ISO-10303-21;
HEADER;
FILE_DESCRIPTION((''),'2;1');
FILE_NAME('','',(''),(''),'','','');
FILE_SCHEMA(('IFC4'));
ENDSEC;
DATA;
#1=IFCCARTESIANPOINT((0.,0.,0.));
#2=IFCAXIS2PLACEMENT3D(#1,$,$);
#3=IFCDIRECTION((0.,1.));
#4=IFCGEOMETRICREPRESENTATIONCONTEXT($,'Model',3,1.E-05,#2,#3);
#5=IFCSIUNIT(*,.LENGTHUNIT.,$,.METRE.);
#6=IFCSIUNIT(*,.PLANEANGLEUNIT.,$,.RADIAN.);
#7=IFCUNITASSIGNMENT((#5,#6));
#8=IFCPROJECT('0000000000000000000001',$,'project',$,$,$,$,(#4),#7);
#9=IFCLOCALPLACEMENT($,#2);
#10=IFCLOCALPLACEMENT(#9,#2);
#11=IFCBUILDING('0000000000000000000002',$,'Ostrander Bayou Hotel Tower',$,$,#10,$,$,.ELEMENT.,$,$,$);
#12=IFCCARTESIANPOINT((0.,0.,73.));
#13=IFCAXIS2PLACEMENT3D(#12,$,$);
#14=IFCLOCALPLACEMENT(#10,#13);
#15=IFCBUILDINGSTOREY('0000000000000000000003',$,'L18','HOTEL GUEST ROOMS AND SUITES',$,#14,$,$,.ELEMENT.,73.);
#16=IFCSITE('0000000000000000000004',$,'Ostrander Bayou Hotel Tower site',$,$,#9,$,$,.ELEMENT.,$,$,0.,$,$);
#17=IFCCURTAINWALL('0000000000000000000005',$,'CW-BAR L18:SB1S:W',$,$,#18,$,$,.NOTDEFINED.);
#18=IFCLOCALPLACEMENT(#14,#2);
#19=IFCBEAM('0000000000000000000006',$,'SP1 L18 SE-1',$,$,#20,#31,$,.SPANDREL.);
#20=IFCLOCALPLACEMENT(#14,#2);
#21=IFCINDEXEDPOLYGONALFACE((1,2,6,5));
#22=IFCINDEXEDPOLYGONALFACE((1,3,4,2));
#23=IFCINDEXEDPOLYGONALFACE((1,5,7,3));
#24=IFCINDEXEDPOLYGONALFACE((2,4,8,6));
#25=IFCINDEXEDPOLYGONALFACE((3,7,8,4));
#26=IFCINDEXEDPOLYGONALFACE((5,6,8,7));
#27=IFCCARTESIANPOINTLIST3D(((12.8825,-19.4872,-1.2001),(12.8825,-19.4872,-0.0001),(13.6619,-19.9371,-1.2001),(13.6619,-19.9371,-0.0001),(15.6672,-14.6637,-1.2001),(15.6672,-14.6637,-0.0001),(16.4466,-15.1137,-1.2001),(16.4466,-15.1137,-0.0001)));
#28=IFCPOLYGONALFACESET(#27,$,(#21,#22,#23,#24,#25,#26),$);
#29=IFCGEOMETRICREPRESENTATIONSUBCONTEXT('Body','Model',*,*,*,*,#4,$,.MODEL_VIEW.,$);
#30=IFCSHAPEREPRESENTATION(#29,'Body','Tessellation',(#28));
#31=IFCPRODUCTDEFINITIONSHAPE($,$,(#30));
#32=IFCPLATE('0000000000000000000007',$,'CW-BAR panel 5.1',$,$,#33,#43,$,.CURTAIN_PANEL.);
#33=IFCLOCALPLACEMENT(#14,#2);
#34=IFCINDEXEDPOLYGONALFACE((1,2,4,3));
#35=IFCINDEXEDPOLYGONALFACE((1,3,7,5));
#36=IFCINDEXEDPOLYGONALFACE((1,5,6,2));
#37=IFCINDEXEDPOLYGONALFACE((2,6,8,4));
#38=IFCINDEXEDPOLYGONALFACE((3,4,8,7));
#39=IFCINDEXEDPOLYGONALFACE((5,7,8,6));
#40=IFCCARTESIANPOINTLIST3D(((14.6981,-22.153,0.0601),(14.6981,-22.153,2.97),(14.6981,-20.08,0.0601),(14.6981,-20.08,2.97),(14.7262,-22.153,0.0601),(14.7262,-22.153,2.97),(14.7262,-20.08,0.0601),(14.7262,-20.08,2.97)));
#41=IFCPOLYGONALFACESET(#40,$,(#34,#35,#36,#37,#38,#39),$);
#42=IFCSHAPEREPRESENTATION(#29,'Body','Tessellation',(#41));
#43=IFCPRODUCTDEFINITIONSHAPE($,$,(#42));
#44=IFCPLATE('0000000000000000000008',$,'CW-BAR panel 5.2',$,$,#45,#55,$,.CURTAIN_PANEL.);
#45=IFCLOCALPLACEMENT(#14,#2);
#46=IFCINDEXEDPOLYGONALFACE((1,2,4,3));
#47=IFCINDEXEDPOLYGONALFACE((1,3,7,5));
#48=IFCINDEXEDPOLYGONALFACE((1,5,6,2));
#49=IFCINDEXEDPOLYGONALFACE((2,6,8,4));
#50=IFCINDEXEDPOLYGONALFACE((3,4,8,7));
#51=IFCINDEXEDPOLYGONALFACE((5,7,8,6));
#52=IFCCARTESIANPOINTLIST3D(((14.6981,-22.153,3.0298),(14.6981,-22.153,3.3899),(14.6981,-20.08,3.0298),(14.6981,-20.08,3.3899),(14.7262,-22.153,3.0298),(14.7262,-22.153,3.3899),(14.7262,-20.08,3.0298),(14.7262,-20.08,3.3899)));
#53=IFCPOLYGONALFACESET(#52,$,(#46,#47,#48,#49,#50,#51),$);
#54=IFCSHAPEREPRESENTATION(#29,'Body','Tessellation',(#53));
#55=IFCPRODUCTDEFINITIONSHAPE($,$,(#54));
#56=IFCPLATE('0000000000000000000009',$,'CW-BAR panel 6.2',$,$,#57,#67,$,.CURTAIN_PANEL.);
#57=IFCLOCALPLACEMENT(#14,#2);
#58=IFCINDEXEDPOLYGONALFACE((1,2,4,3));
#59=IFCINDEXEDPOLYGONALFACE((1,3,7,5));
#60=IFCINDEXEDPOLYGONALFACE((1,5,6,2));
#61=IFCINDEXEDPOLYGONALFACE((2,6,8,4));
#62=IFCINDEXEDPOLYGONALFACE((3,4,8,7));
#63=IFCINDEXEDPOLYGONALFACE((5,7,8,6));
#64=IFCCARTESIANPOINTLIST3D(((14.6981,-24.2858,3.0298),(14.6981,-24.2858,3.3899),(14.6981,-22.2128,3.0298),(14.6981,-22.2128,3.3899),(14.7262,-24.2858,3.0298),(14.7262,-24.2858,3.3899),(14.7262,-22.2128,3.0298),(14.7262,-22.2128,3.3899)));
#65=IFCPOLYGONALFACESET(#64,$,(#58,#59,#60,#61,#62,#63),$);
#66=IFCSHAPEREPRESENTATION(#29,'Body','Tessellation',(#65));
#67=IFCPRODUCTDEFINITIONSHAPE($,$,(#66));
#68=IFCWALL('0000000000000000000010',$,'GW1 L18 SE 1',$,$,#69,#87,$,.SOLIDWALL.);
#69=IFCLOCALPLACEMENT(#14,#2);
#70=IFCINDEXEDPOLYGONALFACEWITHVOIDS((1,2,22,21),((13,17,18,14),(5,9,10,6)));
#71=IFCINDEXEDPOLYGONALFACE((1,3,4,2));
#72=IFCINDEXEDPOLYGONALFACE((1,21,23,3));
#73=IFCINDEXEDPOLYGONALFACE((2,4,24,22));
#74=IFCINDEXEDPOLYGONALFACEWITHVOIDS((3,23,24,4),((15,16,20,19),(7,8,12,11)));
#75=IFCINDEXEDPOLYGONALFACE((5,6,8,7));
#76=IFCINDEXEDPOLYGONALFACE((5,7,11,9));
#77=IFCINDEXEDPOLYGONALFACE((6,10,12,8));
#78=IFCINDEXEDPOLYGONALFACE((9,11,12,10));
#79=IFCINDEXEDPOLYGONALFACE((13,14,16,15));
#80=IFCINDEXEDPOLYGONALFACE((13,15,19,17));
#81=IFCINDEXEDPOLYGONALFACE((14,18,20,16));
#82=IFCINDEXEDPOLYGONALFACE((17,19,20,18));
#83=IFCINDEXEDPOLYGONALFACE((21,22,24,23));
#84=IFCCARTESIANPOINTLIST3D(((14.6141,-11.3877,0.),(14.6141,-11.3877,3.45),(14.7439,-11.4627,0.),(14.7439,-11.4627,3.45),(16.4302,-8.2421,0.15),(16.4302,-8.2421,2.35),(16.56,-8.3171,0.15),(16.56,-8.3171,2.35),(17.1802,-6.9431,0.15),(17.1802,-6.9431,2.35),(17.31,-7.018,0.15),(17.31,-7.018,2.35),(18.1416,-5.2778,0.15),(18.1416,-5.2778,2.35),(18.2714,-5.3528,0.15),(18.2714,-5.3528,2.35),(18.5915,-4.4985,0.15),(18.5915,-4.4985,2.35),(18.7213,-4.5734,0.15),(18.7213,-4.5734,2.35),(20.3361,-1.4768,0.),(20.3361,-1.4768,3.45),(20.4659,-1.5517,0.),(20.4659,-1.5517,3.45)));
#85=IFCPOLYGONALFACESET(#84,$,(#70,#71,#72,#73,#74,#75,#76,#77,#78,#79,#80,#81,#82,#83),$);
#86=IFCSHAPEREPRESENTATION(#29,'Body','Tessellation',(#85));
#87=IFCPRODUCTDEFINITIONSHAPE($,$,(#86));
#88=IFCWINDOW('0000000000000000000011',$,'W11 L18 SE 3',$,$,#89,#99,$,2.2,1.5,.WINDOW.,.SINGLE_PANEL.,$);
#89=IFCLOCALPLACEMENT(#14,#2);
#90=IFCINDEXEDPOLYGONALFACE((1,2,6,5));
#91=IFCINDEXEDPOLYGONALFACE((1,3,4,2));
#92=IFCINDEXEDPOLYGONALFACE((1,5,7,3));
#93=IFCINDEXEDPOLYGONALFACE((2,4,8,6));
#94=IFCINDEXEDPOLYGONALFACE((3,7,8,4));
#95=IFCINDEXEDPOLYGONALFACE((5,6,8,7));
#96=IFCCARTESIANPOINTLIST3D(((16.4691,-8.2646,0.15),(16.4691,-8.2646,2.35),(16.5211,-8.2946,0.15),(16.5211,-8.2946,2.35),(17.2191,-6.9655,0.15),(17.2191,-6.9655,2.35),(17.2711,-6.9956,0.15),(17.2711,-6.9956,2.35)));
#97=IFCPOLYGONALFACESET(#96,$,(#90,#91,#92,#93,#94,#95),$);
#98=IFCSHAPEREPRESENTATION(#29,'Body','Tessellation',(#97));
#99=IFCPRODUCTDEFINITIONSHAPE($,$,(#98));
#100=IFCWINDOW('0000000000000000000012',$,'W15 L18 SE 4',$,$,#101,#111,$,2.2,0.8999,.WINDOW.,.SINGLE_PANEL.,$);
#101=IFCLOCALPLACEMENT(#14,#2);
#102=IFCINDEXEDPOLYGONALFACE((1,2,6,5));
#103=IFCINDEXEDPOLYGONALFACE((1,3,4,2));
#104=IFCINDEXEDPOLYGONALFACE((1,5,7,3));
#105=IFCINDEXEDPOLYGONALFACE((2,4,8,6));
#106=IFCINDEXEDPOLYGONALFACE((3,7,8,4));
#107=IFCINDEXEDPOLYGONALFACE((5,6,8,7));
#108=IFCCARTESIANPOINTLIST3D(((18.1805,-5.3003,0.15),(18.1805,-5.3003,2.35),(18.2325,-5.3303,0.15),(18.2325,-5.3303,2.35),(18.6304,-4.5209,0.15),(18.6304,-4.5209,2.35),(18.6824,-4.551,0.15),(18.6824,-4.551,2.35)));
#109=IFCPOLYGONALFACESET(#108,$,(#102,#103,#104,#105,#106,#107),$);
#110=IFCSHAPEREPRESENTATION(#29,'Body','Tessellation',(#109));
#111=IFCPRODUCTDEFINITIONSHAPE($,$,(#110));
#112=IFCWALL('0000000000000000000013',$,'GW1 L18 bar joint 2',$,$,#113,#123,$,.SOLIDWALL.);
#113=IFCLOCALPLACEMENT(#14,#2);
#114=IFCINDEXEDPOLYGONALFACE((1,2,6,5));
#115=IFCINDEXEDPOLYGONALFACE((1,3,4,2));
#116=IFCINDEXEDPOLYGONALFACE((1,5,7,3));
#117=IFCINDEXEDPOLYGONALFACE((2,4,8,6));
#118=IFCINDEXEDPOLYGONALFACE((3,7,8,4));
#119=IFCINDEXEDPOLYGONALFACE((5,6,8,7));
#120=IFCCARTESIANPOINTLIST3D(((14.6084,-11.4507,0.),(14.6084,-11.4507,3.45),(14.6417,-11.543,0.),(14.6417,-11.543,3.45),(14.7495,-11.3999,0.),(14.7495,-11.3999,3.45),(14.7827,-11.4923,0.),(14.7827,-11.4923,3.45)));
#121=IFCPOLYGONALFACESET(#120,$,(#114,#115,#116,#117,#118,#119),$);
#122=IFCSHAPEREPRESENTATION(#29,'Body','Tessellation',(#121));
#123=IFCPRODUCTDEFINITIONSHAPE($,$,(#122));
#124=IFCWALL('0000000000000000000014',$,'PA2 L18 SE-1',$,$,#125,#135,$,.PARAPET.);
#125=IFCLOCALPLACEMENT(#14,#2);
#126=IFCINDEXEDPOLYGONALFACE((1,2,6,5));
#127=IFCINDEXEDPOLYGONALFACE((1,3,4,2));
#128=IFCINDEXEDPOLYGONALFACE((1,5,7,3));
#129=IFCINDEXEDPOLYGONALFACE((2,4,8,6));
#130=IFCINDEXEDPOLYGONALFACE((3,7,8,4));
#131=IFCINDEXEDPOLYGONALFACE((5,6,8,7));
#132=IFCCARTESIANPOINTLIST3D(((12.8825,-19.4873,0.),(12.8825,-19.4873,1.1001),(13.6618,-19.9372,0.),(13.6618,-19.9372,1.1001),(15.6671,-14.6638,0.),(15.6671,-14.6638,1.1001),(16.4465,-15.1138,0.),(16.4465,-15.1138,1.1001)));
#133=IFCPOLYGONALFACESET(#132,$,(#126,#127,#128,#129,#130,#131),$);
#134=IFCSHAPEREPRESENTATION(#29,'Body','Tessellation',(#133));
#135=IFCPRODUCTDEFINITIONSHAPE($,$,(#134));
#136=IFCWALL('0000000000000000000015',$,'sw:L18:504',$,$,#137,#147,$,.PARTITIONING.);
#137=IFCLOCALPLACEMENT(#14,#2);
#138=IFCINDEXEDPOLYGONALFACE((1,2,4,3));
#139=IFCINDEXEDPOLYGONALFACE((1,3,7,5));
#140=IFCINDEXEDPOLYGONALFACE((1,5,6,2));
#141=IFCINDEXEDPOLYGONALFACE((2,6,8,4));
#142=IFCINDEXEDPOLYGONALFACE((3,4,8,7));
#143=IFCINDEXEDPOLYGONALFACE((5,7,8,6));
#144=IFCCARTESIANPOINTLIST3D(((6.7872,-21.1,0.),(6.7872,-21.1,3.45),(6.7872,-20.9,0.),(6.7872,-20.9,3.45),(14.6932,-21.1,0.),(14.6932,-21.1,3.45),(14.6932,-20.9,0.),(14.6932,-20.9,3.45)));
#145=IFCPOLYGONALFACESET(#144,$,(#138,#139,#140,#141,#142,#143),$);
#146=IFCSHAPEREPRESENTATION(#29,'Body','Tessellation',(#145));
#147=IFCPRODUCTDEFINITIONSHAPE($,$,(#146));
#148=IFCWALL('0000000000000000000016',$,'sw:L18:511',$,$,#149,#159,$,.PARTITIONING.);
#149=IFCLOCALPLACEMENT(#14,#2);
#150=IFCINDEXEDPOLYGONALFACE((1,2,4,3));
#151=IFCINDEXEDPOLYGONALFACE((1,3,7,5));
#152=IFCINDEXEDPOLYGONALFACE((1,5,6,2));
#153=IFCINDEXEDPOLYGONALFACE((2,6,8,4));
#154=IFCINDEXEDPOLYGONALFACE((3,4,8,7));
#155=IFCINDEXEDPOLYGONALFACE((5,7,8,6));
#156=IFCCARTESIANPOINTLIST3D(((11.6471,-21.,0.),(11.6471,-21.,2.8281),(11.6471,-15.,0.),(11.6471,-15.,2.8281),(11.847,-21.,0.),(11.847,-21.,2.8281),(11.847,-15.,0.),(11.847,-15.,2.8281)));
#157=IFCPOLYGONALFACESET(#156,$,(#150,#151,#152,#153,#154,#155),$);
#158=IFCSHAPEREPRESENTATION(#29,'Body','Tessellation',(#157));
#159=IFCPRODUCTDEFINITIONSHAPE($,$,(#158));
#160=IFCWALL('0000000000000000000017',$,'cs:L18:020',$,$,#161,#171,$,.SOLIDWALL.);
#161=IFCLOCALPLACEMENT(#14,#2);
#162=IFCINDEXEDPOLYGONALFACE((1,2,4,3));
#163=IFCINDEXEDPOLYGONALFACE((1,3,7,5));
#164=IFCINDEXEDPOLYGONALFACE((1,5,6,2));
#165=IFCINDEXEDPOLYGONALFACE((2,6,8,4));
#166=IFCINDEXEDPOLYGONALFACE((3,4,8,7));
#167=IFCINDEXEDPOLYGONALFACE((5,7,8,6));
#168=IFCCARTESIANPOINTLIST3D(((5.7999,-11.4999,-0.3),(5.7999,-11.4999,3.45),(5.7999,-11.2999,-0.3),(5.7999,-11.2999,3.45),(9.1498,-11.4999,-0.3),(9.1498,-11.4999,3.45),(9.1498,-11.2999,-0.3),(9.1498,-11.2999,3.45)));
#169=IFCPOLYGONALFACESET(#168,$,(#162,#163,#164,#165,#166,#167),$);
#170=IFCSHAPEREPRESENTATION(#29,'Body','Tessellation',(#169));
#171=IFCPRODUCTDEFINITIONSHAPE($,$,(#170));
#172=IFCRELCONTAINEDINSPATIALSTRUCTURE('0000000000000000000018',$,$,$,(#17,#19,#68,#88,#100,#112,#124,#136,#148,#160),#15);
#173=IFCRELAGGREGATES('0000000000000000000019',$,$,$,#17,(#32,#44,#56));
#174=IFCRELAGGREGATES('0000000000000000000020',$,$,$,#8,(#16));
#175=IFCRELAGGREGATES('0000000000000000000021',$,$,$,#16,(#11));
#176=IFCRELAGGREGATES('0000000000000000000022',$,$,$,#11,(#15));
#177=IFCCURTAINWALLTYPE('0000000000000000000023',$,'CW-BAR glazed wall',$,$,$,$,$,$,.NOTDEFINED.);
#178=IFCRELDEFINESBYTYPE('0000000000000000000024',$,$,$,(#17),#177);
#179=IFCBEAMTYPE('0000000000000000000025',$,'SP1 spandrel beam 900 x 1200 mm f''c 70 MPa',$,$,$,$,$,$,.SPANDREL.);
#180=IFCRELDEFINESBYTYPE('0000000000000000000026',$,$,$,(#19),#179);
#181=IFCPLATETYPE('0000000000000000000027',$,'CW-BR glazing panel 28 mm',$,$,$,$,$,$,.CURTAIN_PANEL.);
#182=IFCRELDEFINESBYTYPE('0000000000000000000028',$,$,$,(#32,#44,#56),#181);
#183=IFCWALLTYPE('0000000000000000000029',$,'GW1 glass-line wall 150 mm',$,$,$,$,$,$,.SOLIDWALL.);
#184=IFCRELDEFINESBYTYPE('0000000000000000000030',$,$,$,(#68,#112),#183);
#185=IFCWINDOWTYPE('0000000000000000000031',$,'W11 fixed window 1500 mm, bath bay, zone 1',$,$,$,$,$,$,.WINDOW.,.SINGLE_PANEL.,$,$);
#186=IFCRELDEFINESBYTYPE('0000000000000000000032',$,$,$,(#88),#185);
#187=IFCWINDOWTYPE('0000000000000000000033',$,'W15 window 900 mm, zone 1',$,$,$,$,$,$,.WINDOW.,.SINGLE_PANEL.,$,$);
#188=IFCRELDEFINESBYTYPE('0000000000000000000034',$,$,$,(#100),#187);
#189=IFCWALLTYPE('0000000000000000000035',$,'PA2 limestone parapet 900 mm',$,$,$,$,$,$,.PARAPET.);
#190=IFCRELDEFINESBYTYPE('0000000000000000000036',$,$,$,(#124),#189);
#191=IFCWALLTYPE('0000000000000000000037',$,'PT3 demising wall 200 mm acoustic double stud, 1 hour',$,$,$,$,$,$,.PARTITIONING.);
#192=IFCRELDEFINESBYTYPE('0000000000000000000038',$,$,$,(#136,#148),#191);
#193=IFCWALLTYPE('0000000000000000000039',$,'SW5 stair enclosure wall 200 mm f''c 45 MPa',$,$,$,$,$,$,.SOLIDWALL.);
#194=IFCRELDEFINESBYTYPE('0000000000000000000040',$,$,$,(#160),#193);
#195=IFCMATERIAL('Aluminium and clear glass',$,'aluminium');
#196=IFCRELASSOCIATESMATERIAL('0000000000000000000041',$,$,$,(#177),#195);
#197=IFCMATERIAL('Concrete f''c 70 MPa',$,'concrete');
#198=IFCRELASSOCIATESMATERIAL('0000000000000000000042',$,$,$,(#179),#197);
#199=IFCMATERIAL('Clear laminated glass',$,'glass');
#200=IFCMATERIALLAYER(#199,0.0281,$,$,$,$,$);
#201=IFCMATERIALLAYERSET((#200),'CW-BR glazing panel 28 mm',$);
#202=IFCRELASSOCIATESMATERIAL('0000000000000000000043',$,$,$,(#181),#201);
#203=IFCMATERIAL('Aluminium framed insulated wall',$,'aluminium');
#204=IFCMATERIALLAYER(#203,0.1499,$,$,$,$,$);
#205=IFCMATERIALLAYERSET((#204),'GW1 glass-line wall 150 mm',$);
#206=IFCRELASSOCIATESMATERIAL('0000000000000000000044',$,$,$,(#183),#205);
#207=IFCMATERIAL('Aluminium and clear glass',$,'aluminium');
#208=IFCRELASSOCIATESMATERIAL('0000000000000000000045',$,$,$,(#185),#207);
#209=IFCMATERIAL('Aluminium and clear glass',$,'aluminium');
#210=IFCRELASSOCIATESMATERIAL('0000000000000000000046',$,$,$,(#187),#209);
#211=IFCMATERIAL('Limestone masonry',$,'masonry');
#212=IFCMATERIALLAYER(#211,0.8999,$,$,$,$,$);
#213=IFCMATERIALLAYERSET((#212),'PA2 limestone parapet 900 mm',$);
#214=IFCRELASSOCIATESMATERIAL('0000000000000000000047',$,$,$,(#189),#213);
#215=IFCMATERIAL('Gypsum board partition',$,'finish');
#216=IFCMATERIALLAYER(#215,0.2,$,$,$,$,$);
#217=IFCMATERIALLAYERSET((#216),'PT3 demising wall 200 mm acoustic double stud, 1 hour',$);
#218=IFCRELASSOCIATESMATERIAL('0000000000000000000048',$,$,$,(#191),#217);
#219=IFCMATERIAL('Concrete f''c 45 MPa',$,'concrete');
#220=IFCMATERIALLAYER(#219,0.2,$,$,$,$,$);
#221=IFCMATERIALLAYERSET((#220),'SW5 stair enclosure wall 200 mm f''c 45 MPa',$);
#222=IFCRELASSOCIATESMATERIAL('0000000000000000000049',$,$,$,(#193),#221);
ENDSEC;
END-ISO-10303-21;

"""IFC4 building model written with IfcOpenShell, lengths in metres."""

from ifc_helpers import new_model, si_unit, direction, frame, frame_2d, origin, origin_2d, place, context, subcontext, project, spatial, rectangle, extrude, material, layer, layer_set, material_profile, profile_set, type_object, element, fill, aggregate, save


model = new_model("IFC4")

# Units and contexts
model_context = context("Model", 3, precision=1e-05, world=origin(), true_north=direction((0.0, 1.0)))
body_context = subcontext(model_context, "Body", "Model", "MODEL_VIEW")
ifc_project = project(units=[si_unit("LENGTHUNIT", "METRE"), si_unit("PLANEANGLEUNIT", "RADIAN")], contexts=[model_context])

# Site, building, storey
site_placement = place(None, origin())
site = spatial("IfcSite", under=ifc_project, at=site_placement, Name="Ostrander Bayou Hotel Tower site", CompositionType="ELEMENT", RefElevation=0.0)
building_placement = place(site_placement, origin())
building = spatial("IfcBuilding", under=site, at=building_placement, Name="Ostrander Bayou Hotel Tower", CompositionType="ELEMENT")
storey_placement = place(building_placement, frame((0.0, 0.0, 73.0)))
storey = spatial("IfcBuildingStorey", under=building, at=storey_placement, Name="L18", Description="HOTEL GUEST ROOMS AND SUITES", CompositionType="ELEMENT", Elevation=73.0)

# Curtain wall
ifc_material_1 = material(Name="Aluminium and clear glass", Category="aluminium")
curtain_wall_type = type_object("IfcCurtainWallType", Name="CW-BAR glazed wall", PredefinedType="NOTDEFINED", material=ifc_material_1)
curtain_wall_placement = place(storey_placement, origin())
curtain_wall = element("IfcCurtainWall", 1, at=curtain_wall_placement, inside=storey, type_object=curtain_wall_type, Name="CW-BAR L18:SB1S:W", PredefinedType="NOTDEFINED")

# Beam
ifc_material_2 = material(Name="Concrete f'c 70 MPa", Category="concrete")
ifc_material_profile_1 = material_profile(ifc_material_2, rectangle(XDim=0.8999, YDim=1.2, at=origin_2d()))
ifc_profile_set_1 = profile_set([ifc_material_profile_1], Name="Concrete f'c 70 MPa")
beam_type = type_object("IfcBeamType", Name="SP1 spandrel beam 900 x 1200 mm f'c 70 MPa", PredefinedType="SPANDREL", material=ifc_profile_set_1)
beam_placement = place(storey_placement, frame((13.2722, -19.7122, -0.6001), z_axis=(0.499977, 0.866039, 0.0), x_axis=(-0.866039, 0.499977, 0.0)))
element("IfcBeam", 2, at=beam_placement, inside=storey, type_object=beam_type, Name="SP1 L18 SE-1", PredefinedType="SPANDREL", context=body_context, shape_type="SweptSolid", body=[
    extrude(rectangle(XDim=0.8999, YDim=1.2, at=origin_2d()), origin(), (0.0, 0.0, 1.0), 5.5696),
])

# Plates
ifc_material_3 = material(Name="Clear laminated glass", Category="glass")
ifc_layer_1 = layer(ifc_material_3, 0.0281)
ifc_layer_set_1 = layer_set([ifc_layer_1], Name="CW-BR glazing panel 28 mm")
plate_type = type_object("IfcPlateType", Name="CW-BR glazing panel 28 mm", PredefinedType="CURTAIN_PANEL", material=ifc_layer_set_1)
plate_1_placement = place(storey_placement, frame((14.7122, -21.1165, 0.0601), z_axis=(0.0, 0.0, 1.0), x_axis=(0.0, -1.0, 0.0)))
plate_1 = element("IfcPlate", 3, at=plate_1_placement, type_object=plate_type, Name="CW-BAR panel 5.1", PredefinedType="CURTAIN_PANEL", context=body_context, shape_type="SweptSolid", body=[
    extrude(rectangle(XDim=2.073, YDim=0.0281, at=origin_2d()), origin(), (0.0, 0.0, 1.0), 2.9099),
])
plate_2_placement = place(storey_placement, frame((14.7122, -21.1165, 3.0298), z_axis=(0.0, 0.0, 1.0), x_axis=(0.0, -1.0, 0.0)))
plate_2 = element("IfcPlate", 4, at=plate_2_placement, type_object=plate_type, Name="CW-BAR panel 5.2", PredefinedType="CURTAIN_PANEL", context=body_context, shape_type="SweptSolid", body=[
    extrude(rectangle(XDim=2.073, YDim=0.0281, at=origin_2d()), origin(), (0.0, 0.0, 1.0), 0.3601),
])
plate_3_placement = place(storey_placement, frame((14.7122, -23.2493, 3.0298), z_axis=(0.0, 0.0, 1.0), x_axis=(0.0, -1.0, 0.0)))
plate_3 = element("IfcPlate", 5, at=plate_3_placement, type_object=plate_type, Name="CW-BAR panel 6.2", PredefinedType="CURTAIN_PANEL", context=body_context, shape_type="SweptSolid", body=[
    extrude(rectangle(XDim=2.073, YDim=0.0281, at=origin_2d()), origin(), (0.0, 0.0, 1.0), 0.3601),
])
aggregate(curtain_wall, [plate_1, plate_2, plate_3])

# Wall, openings, windows
ifc_material_4 = material(Name="Aluminium framed insulated wall", Category="aluminium")
ifc_layer_2 = layer(ifc_material_4, 0.1499)
ifc_layer_set_2 = layer_set([ifc_layer_2], Name="GW1 glass-line wall 150 mm")
wall_type_1 = type_object("IfcWallType", Name="GW1 glass-line wall 150 mm", PredefinedType="SOLIDWALL", material=ifc_layer_set_2)
wall_1_placement = place(storey_placement, frame((14.679, -11.4253, 0.0), z_axis=(0.0, 0.0, 1.0), x_axis=(0.499991, 0.86603, 0.0)))
wall_1 = element("IfcWall", 6, at=wall_1_placement, inside=storey, type_object=wall_type_1, Name="GW1 L18 SE 1", PredefinedType="SOLIDWALL", context=body_context, shape_type="SweptSolid", body=[
    extrude(rectangle(XDim=11.4441, YDim=0.1499, at=frame_2d((5.7222, 0.0))), origin(), (0.0, 0.0, 1.0), 3.45),
])
opening_1_placement = place(wall_1_placement, frame((3.6323, 0.0, 0.1499)))
opening_1 = element("IfcOpeningElement", 7, at=opening_1_placement, cuts=wall_1, PredefinedType="OPENING", context=body_context, shape_type="SweptSolid", body=[
    extrude(rectangle(XDim=1.5, YDim=2.2, at=frame_2d((0.75, 1.1001))), frame((0.0, 0.075, 0.0), z_axis=(0.0, -1.0, 0.0), x_axis=(1.0, 0.0, 0.0)), (0.0, 0.0, 1.0), 0.1499),
])
opening_2_placement = place(wall_1_placement, frame((7.0552, 0.0, 0.1499)))
opening_2 = element("IfcOpeningElement", 8, at=opening_2_placement, cuts=wall_1, PredefinedType="OPENING", context=body_context, shape_type="SweptSolid", body=[
    extrude(rectangle(XDim=0.8999, YDim=2.2, at=frame_2d((0.45, 1.1001))), frame((0.0, 0.075, 0.0), z_axis=(0.0, -1.0, 0.0), x_axis=(1.0, 0.0, 0.0)), (0.0, 0.0, 1.0), 0.1499),
])
ifc_material_5 = material(Name="Aluminium and clear glass", Category="aluminium")
window_type_1 = type_object("IfcWindowType", Name="W11 fixed window 1500 mm, bath bay, zone 1", PartitioningType="SINGLE_PANEL", PredefinedType="WINDOW", material=ifc_material_5)
window_1_placement = place(opening_1_placement, origin())
window_1 = element("IfcWindow", 9, at=window_1_placement, inside=storey, type_object=window_type_1, Name="W11 L18 SE 3", OverallHeight=2.2, OverallWidth=1.5, PartitioningType="SINGLE_PANEL", PredefinedType="WINDOW", context=body_context, shape_type="SweptSolid", body=[
    extrude(rectangle(XDim=1.5, YDim=2.2, at=frame_2d((0.75, 1.1001))), frame((0.0, 0.03, 0.0), z_axis=(0.0, -1.0, 0.0), x_axis=(1.0, 0.0, 0.0)), (0.0, 0.0, 1.0), 0.0601),
])
fill(opening_1, window_1)
ifc_material_6 = material(Name="Aluminium and clear glass", Category="aluminium")
window_type_2 = type_object("IfcWindowType", Name="W15 window 900 mm, zone 1", PartitioningType="SINGLE_PANEL", PredefinedType="WINDOW", material=ifc_material_6)
window_2_placement = place(opening_2_placement, origin())
window_2 = element("IfcWindow", 10, at=window_2_placement, inside=storey, type_object=window_type_2, Name="W15 L18 SE 4", OverallHeight=2.2, OverallWidth=0.8999, PartitioningType="SINGLE_PANEL", PredefinedType="WINDOW", context=body_context, shape_type="SweptSolid", body=[
    extrude(rectangle(XDim=0.8999, YDim=2.2, at=frame_2d((0.45, 1.1001))), frame((0.0, 0.03, 0.0), z_axis=(0.0, -1.0, 0.0), x_axis=(1.0, 0.0, 0.0)), (0.0, 0.0, 1.0), 0.0601),
])
fill(opening_2, window_2)

# Walls
wall_2_placement = place(storey_placement, frame((14.679, -11.4253, 0.0), z_axis=(0.0, 0.0, 1.0), x_axis=(0.338543, -0.940951, 0.0)))
element("IfcWall", 11, at=wall_2_placement, inside=storey, type_object=wall_type_1, Name="GW1 L18 bar joint 2", PredefinedType="SOLIDWALL", context=body_context, shape_type="SweptSolid", body=[
    extrude(rectangle(XDim=0.0981, YDim=0.1499, at=frame_2d((0.0491, 0.0))), origin(), (0.0, 0.0, 1.0), 3.45),
])
ifc_material_7 = material(Name="Limestone masonry", Category="masonry")
ifc_layer_3 = layer(ifc_material_7, 0.8999)
ifc_layer_set_3 = layer_set([ifc_layer_3], Name="PA2 limestone parapet 900 mm")
wall_type_2 = type_object("IfcWallType", Name="PA2 limestone parapet 900 mm", PredefinedType="PARAPET", material=ifc_layer_set_3)
wall_3_placement = place(storey_placement, frame((13.2722, -19.7122, 0.0), z_axis=(0.0, 0.0, 1.0), x_axis=(0.499977, 0.866039, 0.0)))
element("IfcWall", 12, at=wall_3_placement, inside=storey, type_object=wall_type_2, Name="PA2 L18 SE-1", PredefinedType="PARAPET", context=body_context, shape_type="SweptSolid", body=[
    extrude(rectangle(XDim=5.5696, YDim=0.8999, at=frame_2d((2.7847, 0.0))), origin(), (0.0, 0.0, 1.0), 1.1001),
])
ifc_material_8 = material(Name="Gypsum board partition", Category="finish")
ifc_layer_4 = layer(ifc_material_8, 0.2)
ifc_layer_set_4 = layer_set([ifc_layer_4], Name="PT3 demising wall 200 mm acoustic double stud, 1 hour")
wall_type_3 = type_object("IfcWallType", Name="PT3 demising wall 200 mm acoustic double stud, 1 hour", PredefinedType="PARTITIONING", material=ifc_layer_set_4)
wall_4_placement = place(storey_placement, frame((6.7871, -21.0, 0.0), z_axis=(0.0, 0.0, 1.0), x_axis=(1.0, 0.0, 0.0)))
element("IfcWall", 13, at=wall_4_placement, inside=storey, type_object=wall_type_3, Name="sw:L18:504", PredefinedType="PARTITIONING", context=body_context, shape_type="SweptSolid", body=[
    extrude(rectangle(XDim=7.906, YDim=0.2, at=frame_2d((3.9531, 0.0))), origin(), (0.0, 0.0, 1.0), 3.45),
])
wall_5_placement = place(storey_placement, frame((11.7471, -21.0, 0.0), z_axis=(0.0, 0.0, 1.0), x_axis=(0.0, 1.0, 0.0)))
element("IfcWall", 14, at=wall_5_placement, inside=storey, type_object=wall_type_3, Name="sw:L18:511", PredefinedType="PARTITIONING", context=body_context, shape_type="SweptSolid", body=[
    extrude(rectangle(XDim=6.0, YDim=0.2, at=frame_2d((3.0, 0.0))), origin(), (0.0, 0.0, 1.0), 2.8281),
])
ifc_material_9 = material(Name="Concrete f'c 45 MPa", Category="concrete")
ifc_layer_5 = layer(ifc_material_9, 0.2)
ifc_layer_set_5 = layer_set([ifc_layer_5], Name="SW5 stair enclosure wall 200 mm f'c 45 MPa")
wall_type_4 = type_object("IfcWallType", Name="SW5 stair enclosure wall 200 mm f'c 45 MPa", PredefinedType="SOLIDWALL", material=ifc_layer_set_5)
wall_6_placement = place(storey_placement, frame((5.8, -11.3999, -0.3), z_axis=(0.0, 0.0, 1.0), x_axis=(1.0, 0.0, 0.0)))
element("IfcWall", 15, at=wall_6_placement, inside=storey, type_object=wall_type_4, Name="cs:L18:020", PredefinedType="SOLIDWALL", context=body_context, shape_type="SweptSolid", body=[
    extrude(rectangle(XDim=3.3499, YDim=0.2, at=frame_2d((1.6748, 0.0))), origin(), (0.0, 0.0, 1.0), 3.75),
])

save(model, "model.ifc")
